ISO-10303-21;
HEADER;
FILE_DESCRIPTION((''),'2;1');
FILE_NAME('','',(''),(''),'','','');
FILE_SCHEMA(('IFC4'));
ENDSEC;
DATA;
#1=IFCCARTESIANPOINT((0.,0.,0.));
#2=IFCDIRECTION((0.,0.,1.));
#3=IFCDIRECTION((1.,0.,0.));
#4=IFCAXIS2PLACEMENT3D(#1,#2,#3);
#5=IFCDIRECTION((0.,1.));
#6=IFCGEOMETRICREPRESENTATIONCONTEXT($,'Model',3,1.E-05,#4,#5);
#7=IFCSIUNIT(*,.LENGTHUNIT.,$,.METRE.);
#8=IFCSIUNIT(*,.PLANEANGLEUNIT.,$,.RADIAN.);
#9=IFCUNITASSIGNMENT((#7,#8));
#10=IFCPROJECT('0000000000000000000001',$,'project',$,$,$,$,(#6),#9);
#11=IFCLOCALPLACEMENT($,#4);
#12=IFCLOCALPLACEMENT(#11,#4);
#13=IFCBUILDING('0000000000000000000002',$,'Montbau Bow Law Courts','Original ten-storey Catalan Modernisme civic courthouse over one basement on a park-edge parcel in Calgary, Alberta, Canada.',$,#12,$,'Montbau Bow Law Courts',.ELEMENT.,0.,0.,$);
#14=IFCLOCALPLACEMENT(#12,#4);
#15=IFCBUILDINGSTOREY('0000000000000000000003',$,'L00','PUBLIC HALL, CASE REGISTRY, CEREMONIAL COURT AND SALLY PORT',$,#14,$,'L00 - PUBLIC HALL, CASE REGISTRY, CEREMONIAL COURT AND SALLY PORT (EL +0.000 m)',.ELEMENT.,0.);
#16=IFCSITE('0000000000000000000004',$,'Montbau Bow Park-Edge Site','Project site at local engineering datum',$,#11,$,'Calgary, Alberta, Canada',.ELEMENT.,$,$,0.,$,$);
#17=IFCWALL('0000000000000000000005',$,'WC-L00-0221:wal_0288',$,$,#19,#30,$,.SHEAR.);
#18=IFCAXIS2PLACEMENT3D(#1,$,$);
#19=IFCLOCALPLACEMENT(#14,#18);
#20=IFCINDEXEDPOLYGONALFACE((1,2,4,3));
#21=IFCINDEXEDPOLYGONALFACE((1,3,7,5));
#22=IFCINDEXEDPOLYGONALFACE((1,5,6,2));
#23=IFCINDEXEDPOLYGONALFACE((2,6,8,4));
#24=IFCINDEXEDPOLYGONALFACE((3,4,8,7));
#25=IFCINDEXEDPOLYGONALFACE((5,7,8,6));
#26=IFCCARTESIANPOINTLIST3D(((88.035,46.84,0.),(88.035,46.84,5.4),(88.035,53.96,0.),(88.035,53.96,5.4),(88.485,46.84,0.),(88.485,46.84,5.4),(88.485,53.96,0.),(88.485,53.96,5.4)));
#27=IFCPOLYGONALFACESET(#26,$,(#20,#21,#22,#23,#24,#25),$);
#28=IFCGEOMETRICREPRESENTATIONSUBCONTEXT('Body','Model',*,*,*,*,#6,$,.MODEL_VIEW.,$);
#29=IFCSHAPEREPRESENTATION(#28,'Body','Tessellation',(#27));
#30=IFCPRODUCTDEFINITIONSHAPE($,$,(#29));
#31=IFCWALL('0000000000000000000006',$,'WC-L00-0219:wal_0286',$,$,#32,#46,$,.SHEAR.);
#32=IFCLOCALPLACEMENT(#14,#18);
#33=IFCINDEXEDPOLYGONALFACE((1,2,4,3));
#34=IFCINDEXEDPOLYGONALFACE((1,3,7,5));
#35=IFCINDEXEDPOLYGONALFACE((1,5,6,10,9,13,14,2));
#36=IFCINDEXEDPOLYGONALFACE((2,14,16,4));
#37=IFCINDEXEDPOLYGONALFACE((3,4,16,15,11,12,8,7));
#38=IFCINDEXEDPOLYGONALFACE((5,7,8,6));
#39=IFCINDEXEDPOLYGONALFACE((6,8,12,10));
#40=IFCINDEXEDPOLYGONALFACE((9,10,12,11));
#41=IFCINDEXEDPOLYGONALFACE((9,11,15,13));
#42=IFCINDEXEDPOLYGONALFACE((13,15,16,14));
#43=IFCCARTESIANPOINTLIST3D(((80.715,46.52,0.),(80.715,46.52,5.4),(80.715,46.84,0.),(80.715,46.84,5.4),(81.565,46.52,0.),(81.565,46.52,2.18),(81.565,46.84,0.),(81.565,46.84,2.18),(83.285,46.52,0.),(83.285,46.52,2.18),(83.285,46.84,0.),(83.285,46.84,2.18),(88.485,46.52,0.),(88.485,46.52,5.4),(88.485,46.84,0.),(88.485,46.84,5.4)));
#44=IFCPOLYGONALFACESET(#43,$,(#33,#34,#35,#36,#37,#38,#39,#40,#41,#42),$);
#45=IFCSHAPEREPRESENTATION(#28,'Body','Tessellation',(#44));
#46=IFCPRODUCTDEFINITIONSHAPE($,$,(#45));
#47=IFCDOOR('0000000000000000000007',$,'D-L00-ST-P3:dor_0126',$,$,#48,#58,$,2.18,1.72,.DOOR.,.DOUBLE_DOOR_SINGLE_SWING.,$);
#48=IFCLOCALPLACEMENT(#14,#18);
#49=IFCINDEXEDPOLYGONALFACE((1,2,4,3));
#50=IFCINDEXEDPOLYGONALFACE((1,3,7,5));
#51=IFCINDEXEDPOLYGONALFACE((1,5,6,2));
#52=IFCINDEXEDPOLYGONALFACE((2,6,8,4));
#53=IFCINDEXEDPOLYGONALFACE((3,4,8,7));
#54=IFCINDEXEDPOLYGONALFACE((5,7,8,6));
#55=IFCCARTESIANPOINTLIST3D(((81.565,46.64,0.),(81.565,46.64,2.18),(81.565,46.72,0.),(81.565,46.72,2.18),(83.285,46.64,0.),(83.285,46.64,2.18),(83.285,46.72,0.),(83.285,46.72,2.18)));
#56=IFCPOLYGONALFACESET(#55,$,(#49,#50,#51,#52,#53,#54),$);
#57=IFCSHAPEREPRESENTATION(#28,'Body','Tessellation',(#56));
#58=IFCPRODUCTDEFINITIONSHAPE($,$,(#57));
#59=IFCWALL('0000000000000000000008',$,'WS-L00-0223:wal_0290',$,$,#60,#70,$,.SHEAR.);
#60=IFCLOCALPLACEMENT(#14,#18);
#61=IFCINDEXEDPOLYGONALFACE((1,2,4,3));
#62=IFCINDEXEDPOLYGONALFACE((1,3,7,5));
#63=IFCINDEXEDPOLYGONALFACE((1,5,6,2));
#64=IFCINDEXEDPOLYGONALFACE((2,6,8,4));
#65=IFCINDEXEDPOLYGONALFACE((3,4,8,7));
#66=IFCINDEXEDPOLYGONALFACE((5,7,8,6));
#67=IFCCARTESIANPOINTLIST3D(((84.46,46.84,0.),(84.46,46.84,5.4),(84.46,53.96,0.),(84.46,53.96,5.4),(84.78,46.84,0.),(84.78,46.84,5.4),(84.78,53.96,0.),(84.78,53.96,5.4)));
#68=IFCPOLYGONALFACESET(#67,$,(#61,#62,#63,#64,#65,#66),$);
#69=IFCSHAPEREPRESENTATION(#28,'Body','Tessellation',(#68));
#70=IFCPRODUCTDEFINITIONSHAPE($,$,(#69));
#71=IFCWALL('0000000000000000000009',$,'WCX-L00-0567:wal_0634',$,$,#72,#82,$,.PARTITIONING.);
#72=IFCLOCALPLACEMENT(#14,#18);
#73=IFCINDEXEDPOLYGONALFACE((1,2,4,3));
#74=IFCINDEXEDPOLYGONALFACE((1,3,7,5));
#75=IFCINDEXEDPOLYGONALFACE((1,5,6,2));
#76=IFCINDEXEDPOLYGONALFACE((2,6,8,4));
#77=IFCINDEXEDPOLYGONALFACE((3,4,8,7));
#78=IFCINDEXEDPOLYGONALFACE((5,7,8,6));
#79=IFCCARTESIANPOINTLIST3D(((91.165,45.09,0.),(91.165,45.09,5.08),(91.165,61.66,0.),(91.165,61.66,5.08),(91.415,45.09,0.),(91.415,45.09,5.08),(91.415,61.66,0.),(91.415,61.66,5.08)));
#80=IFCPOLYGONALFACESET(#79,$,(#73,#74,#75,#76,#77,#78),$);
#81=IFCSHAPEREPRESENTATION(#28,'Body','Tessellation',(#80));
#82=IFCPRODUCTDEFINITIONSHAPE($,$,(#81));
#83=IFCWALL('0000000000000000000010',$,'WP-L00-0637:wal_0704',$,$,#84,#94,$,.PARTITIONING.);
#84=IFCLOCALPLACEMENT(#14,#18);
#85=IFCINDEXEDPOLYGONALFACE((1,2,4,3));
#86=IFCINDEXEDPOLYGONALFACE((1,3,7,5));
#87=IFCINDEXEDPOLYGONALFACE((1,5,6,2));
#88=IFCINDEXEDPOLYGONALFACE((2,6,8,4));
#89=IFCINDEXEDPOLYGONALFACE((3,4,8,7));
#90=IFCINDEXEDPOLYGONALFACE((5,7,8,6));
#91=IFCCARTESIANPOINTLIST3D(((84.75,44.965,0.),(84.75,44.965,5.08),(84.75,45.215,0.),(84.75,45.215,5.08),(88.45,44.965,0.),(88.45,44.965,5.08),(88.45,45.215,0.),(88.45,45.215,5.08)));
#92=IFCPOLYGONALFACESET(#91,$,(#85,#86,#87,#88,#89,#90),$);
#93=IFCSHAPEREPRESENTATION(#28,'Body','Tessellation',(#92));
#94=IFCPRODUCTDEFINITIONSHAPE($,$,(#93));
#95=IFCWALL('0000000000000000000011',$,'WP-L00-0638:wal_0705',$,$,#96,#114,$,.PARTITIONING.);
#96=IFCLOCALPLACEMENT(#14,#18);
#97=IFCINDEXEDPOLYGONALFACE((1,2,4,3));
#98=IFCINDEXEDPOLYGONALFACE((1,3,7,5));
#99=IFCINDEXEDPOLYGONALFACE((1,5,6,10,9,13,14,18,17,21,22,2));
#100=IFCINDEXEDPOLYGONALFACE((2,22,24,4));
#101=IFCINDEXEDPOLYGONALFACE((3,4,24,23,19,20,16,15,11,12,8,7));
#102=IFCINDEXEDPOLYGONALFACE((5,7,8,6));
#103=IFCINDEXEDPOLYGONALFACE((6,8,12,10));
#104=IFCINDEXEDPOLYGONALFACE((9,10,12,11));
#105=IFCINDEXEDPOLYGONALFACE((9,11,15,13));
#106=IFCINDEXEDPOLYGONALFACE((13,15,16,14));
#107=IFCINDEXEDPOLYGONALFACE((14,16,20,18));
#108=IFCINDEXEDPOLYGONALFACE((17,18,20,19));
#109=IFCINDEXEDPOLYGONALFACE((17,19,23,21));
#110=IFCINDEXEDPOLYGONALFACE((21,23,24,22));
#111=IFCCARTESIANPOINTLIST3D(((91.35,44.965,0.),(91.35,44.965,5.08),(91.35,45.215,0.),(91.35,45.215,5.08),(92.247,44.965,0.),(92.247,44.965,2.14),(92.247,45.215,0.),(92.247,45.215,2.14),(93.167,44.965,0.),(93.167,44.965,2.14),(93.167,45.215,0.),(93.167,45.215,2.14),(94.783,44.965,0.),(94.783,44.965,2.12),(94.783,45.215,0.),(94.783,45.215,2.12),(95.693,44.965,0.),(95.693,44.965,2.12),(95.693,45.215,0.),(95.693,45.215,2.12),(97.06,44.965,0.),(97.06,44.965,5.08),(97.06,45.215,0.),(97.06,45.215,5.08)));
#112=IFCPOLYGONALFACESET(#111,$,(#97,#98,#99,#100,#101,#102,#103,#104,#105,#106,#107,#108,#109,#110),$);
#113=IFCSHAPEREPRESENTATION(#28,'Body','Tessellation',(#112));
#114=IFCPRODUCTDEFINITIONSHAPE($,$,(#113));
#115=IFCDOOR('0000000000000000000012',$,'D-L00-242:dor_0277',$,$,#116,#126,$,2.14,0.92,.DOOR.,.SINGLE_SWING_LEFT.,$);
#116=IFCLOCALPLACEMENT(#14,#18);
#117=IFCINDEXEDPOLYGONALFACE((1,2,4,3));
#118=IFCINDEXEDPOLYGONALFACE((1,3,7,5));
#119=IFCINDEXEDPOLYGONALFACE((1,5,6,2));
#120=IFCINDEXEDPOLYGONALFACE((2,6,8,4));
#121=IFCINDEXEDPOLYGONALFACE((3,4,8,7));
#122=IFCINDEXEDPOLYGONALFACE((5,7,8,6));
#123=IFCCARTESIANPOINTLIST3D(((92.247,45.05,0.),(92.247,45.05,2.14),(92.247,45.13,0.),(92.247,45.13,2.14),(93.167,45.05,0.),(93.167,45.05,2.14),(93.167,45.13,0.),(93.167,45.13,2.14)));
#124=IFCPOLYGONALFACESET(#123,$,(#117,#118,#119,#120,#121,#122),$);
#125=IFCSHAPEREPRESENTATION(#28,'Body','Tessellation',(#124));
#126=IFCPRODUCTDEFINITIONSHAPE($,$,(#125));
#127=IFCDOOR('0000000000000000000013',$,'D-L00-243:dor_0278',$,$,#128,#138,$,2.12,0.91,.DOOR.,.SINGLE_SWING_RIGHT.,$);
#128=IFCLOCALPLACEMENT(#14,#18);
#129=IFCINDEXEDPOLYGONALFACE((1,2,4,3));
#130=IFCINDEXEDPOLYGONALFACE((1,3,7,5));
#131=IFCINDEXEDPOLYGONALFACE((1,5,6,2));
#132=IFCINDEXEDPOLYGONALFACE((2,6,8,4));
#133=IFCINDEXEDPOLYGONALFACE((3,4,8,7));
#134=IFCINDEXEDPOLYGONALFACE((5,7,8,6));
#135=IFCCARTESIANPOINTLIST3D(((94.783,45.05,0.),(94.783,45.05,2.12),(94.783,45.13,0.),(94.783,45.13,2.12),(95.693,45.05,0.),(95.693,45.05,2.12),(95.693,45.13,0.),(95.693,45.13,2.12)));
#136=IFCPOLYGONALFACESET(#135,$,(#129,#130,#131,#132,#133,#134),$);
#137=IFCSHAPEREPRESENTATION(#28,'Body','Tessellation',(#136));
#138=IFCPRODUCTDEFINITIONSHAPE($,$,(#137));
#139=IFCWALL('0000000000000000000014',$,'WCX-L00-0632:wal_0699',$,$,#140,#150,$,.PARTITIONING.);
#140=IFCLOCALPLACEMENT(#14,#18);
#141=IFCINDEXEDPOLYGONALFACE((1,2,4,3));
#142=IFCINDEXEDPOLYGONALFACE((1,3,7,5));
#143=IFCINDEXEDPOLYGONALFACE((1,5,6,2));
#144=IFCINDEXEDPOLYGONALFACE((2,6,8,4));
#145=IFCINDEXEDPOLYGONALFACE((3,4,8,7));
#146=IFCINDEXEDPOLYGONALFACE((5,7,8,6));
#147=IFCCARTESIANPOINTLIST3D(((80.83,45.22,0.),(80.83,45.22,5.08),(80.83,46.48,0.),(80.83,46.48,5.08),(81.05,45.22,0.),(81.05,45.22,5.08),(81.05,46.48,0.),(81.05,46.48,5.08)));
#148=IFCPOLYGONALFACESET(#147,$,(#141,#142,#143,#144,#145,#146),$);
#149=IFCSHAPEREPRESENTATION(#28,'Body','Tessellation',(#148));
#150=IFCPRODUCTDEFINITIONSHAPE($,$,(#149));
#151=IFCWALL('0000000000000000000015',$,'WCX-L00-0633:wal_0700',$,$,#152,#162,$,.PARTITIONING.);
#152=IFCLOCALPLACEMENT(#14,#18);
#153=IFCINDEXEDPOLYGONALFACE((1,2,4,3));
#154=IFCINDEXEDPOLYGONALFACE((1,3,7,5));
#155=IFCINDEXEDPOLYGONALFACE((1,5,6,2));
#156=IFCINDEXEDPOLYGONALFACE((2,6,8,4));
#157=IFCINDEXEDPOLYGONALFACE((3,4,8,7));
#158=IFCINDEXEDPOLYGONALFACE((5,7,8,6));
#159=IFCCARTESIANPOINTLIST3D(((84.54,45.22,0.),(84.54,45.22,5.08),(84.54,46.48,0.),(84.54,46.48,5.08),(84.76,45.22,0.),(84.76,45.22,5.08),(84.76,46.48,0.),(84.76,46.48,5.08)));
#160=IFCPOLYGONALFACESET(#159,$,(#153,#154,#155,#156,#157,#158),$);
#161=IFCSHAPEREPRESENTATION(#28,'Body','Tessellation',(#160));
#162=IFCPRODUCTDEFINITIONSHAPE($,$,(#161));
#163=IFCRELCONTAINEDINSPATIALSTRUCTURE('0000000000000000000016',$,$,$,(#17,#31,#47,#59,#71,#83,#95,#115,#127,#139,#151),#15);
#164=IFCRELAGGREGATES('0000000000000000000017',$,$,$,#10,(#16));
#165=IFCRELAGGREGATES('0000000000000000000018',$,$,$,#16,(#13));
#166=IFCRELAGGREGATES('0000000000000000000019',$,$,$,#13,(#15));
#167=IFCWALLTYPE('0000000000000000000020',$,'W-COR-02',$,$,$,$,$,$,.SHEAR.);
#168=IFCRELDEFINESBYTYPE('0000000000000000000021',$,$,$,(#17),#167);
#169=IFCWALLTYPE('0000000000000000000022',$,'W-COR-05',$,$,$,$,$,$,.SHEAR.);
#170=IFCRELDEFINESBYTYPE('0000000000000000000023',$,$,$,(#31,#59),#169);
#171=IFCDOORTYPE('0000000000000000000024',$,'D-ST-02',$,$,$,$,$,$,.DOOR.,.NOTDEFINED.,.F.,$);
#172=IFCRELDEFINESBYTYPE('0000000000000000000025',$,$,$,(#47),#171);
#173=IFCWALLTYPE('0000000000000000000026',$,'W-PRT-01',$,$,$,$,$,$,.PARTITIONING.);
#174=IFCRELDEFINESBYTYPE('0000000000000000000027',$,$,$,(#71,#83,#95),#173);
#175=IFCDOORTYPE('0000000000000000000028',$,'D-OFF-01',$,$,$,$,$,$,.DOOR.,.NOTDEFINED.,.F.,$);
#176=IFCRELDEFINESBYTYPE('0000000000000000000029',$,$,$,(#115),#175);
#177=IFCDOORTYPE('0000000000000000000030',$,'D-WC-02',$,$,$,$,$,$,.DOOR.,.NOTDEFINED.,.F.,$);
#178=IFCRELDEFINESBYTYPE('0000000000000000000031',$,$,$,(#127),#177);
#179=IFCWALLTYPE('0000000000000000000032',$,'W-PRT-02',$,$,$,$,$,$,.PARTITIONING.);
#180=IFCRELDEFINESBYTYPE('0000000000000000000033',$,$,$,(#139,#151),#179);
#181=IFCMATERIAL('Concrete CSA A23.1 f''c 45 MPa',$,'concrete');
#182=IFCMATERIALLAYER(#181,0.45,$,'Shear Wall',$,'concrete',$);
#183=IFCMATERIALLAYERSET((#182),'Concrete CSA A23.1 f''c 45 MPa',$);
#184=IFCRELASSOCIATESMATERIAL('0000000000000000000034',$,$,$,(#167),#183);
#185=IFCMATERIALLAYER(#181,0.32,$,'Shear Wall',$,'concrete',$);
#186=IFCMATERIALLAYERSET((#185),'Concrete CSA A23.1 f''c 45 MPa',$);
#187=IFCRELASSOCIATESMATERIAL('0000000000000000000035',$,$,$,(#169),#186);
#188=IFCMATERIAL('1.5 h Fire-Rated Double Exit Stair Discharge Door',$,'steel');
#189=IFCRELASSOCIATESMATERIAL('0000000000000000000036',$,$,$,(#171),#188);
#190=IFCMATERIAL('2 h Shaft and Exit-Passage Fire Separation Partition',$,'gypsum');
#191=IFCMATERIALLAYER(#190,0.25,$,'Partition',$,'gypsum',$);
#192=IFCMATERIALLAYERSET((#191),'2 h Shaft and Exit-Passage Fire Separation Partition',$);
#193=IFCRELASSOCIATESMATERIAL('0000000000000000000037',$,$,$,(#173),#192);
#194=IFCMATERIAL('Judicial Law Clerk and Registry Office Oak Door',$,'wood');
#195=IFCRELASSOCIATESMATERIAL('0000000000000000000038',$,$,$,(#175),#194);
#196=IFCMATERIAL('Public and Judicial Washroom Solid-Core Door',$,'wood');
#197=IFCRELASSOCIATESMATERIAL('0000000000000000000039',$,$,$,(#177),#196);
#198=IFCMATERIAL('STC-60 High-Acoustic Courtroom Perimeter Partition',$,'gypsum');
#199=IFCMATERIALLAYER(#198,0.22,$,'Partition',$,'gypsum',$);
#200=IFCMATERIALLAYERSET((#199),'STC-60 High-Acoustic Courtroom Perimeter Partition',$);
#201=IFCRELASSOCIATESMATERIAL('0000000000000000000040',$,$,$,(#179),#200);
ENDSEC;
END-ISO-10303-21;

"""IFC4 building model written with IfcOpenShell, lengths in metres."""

from ifc_helpers import new_model, si_unit, direction, frame, frame_2d, origin_with_axes, place, context, subcontext, project, spatial, rectangle, extrude, material, layer, layer_set, type_object, element, fill, save


model = new_model("IFC4")

# Units and contexts
model_context = context("Model", 3, precision=1e-05, world=origin_with_axes(), true_north=direction((0.0, 1.0)))
body_context = subcontext(model_context, "Body", "Model", "MODEL_VIEW")
ifc_project = project(units=[si_unit("LENGTHUNIT", "METRE"), si_unit("PLANEANGLEUNIT", "RADIAN")], contexts=[model_context])

# Site, building, storey
site_placement = place(None, origin_with_axes())
site = spatial("IfcSite", under=ifc_project, at=site_placement, Name="Montbau Bow Park-Edge Site", Description="Project site at local engineering datum", LongName="Calgary, Alberta, Canada", CompositionType="ELEMENT", RefElevation=0.0)
building_placement = place(site_placement, origin_with_axes())
building = spatial("IfcBuilding", under=site, at=building_placement, Name="Montbau Bow Law Courts", Description="Original ten-storey Catalan Modernisme civic courthouse over one basement on a park-edge parcel in Calgary, Alberta, Canada.", LongName="Montbau Bow Law Courts", CompositionType="ELEMENT", ElevationOfRefHeight=0.0, ElevationOfTerrain=0.0)
storey_placement = place(building_placement, origin_with_axes())
storey = spatial("IfcBuildingStorey", under=building, at=storey_placement, Name="L00", Description="PUBLIC HALL, CASE REGISTRY, CEREMONIAL COURT AND SALLY PORT", LongName="L00 - PUBLIC HALL, CASE REGISTRY, CEREMONIAL COURT AND SALLY PORT (EL +0.000 m)", CompositionType="ELEMENT", Elevation=0.0)

# Wall
ifc_material_1 = material(Name="Concrete CSA A23.1 f'c 45 MPa", Category="concrete")
ifc_layer_1 = layer(ifc_material_1, 0.45, Name="Shear Wall", Category="concrete")
ifc_layer_set_1 = layer_set([ifc_layer_1], Name="Concrete CSA A23.1 f'c 45 MPa")
wall_type_1 = type_object("IfcWallType", Name="W-COR-02", PredefinedType="SHEAR", material=ifc_layer_set_1)
wall_1_placement = place(None, frame((88.26, 46.84, 0.0), z_axis=(0.0, 0.0, 1.0), x_axis=(0.0, 1.0, 0.0)))
element("IfcWall", 1, at=wall_1_placement, inside=storey, type_object=wall_type_1, Name="WC-L00-0221:wal_0288", PredefinedType="SHEAR", context=body_context, shape_type="SweptSolid", body=[
    extrude(rectangle(XDim=7.12, YDim=0.45, at=frame_2d((3.56, 0.0), x_axis=(1.0, 0.0))), origin_with_axes(), (0.0, 0.0, 1.0), 5.4),
])

# Wall, opening, door
ifc_layer_2 = layer(ifc_material_1, 0.32, Name="Shear Wall", Category="concrete")
ifc_layer_set_2 = layer_set([ifc_layer_2], Name="Concrete CSA A23.1 f'c 45 MPa")
wall_type_2 = type_object("IfcWallType", Name="W-COR-05", PredefinedType="SHEAR", material=ifc_layer_set_2)
wall_2_placement = place(None, frame((80.715, 46.68, 0.0), z_axis=(0.0, 0.0, 1.0), x_axis=(1.0, 0.0, 0.0)))
wall_2 = element("IfcWall", 2, at=wall_2_placement, inside=storey, type_object=wall_type_2, Name="WC-L00-0219:wal_0286", PredefinedType="SHEAR", context=body_context, shape_type="SweptSolid", body=[
    extrude(rectangle(XDim=7.77, YDim=0.32, at=frame_2d((3.885, 0.0), x_axis=(1.0, 0.0))), origin_with_axes(), (0.0, 0.0, 1.0), 5.4),
])
opening_1_placement = place(None, frame((82.425, 46.68, 0.0), z_axis=(0.0, 0.0, 1.0), x_axis=(1.0, 0.0, 0.0)))
opening_1 = element("IfcOpeningElement", 3, at=opening_1_placement, cuts=wall_2, PredefinedType="OPENING", context=body_context, shape_type="SweptSolid", body=[
    extrude(rectangle(XDim=1.72, YDim=2.18, at=frame_2d((0.0, 1.09), x_axis=(1.0, 0.0))), frame((0.0, 0.17, 0.0), z_axis=(0.0, -1.0, 0.0), x_axis=(1.0, 0.0, 0.0)), (0.0, 0.0, 1.0), 0.34),
])
ifc_material_2 = material(Name="1.5 h Fire-Rated Double Exit Stair Discharge Door", Category="steel")
door_type_1 = type_object("IfcDoorType", Name="D-ST-02", OperationType="NOTDEFINED", ParameterTakesPrecedence=False, PredefinedType="DOOR", material=ifc_material_2)
door_1_placement = place(None, frame((82.425, 46.68, 0.0), z_axis=(0.0, 0.0, 1.0), x_axis=(-1.0, 0.0, 0.0)))
door_1 = element("IfcDoor", 4, at=door_1_placement, inside=storey, type_object=door_type_1, Name="D-L00-ST-P3:dor_0126", OperationType="DOUBLE_DOOR_SINGLE_SWING", OverallHeight=2.18, OverallWidth=1.72, PredefinedType="DOOR", context=body_context, shape_type="SweptSolid", body=[
    extrude(rectangle(XDim=1.72, YDim=2.18, at=frame_2d((0.0, 1.09), x_axis=(1.0, 0.0))), frame((0.0, 0.04, 0.0), z_axis=(0.0, -1.0, 0.0), x_axis=(1.0, 0.0, 0.0)), (0.0, 0.0, 1.0), 0.08),
])
fill(opening_1, door_1)

# Walls
wall_3_placement = place(None, frame((84.62, 46.84, 0.0), z_axis=(0.0, 0.0, 1.0), x_axis=(0.0, 1.0, 0.0)))
element("IfcWall", 5, at=wall_3_placement, inside=storey, type_object=wall_type_2, Name="WS-L00-0223:wal_0290", PredefinedType="SHEAR", context=body_context, shape_type="SweptSolid", body=[
    extrude(rectangle(XDim=7.12, YDim=0.32, at=frame_2d((3.56, 0.0), x_axis=(1.0, 0.0))), origin_with_axes(), (0.0, 0.0, 1.0), 5.4),
])
ifc_material_3 = material(Name="2 h Shaft and Exit-Passage Fire Separation Partition", Category="gypsum")
ifc_layer_3 = layer(ifc_material_3, 0.25, Name="Partition", Category="gypsum")
ifc_layer_set_3 = layer_set([ifc_layer_3], Name="2 h Shaft and Exit-Passage Fire Separation Partition")
wall_type_3 = type_object("IfcWallType", Name="W-PRT-01", PredefinedType="PARTITIONING", material=ifc_layer_set_3)
wall_4_placement = place(None, frame((91.29, 45.09, 0.0), z_axis=(0.0, 0.0, 1.0), x_axis=(0.0, 1.0, 0.0)))
element("IfcWall", 6, at=wall_4_placement, inside=storey, type_object=wall_type_3, Name="WCX-L00-0567:wal_0634", PredefinedType="PARTITIONING", context=body_context, shape_type="SweptSolid", body=[
    extrude(rectangle(XDim=16.57, YDim=0.25, at=frame_2d((8.285, 0.0), x_axis=(1.0, 0.0))), origin_with_axes(), (0.0, 0.0, 1.0), 5.08),
])
wall_5_placement = place(None, frame((84.75, 45.09, 0.0), z_axis=(0.0, 0.0, 1.0), x_axis=(1.0, 0.0, 0.0)))
element("IfcWall", 7, at=wall_5_placement, inside=storey, type_object=wall_type_3, Name="WP-L00-0637:wal_0704", PredefinedType="PARTITIONING", context=body_context, shape_type="SweptSolid", body=[
    extrude(rectangle(XDim=3.7, YDim=0.25, at=frame_2d((1.85, 0.0), x_axis=(1.0, 0.0))), origin_with_axes(), (0.0, 0.0, 1.0), 5.08),
])

# Wall, openings, doors
wall_6_placement = place(None, frame((91.35, 45.09, 0.0), z_axis=(0.0, 0.0, 1.0), x_axis=(1.0, 0.0, 0.0)))
wall_6 = element("IfcWall", 8, at=wall_6_placement, inside=storey, type_object=wall_type_3, Name="WP-L00-0638:wal_0705", PredefinedType="PARTITIONING", context=body_context, shape_type="SweptSolid", body=[
    extrude(rectangle(XDim=5.71, YDim=0.25, at=frame_2d((2.855, 0.0), x_axis=(1.0, 0.0))), origin_with_axes(), (0.0, 0.0, 1.0), 5.08),
])
opening_2_placement = place(None, frame((92.707, 45.09, 0.0), z_axis=(0.0, 0.0, 1.0), x_axis=(1.0, 0.0, 0.0)))
opening_2 = element("IfcOpeningElement", 9, at=opening_2_placement, cuts=wall_6, PredefinedType="OPENING", context=body_context, shape_type="SweptSolid", body=[
    extrude(rectangle(XDim=0.92, YDim=2.14, at=frame_2d((0.0, 1.07), x_axis=(1.0, 0.0))), frame((0.0, 0.135, 0.0), z_axis=(0.0, -1.0, 0.0), x_axis=(1.0, 0.0, 0.0)), (0.0, 0.0, 1.0), 0.27),
])
opening_3_placement = place(None, frame((95.238, 45.09, 0.0), z_axis=(0.0, 0.0, 1.0), x_axis=(1.0, 0.0, 0.0)))
opening_3 = element("IfcOpeningElement", 10, at=opening_3_placement, cuts=wall_6, PredefinedType="OPENING", context=body_context, shape_type="SweptSolid", body=[
    extrude(rectangle(XDim=0.91, YDim=2.12, at=frame_2d((0.0, 1.06), x_axis=(1.0, 0.0))), frame((0.0, 0.135, 0.0), z_axis=(0.0, -1.0, 0.0), x_axis=(1.0, 0.0, 0.0)), (0.0, 0.0, 1.0), 0.27),
])
ifc_material_4 = material(Name="Judicial Law Clerk and Registry Office Oak Door", Category="wood")
door_type_2 = type_object("IfcDoorType", Name="D-OFF-01", OperationType="NOTDEFINED", ParameterTakesPrecedence=False, PredefinedType="DOOR", material=ifc_material_4)
door_2_placement = place(None, frame((92.707, 45.09, 0.0), z_axis=(0.0, 0.0, 1.0), x_axis=(-1.0, 0.0, 0.0)))
door_2 = element("IfcDoor", 11, at=door_2_placement, inside=storey, type_object=door_type_2, Name="D-L00-242:dor_0277", OperationType="SINGLE_SWING_LEFT", OverallHeight=2.14, OverallWidth=0.92, PredefinedType="DOOR", context=body_context, shape_type="SweptSolid", body=[
    extrude(rectangle(XDim=0.92, YDim=2.14, at=frame_2d((0.0, 1.07), x_axis=(1.0, 0.0))), frame((0.0, 0.04, 0.0), z_axis=(0.0, -1.0, 0.0), x_axis=(1.0, 0.0, 0.0)), (0.0, 0.0, 1.0), 0.08),
])
fill(opening_2, door_2)
ifc_material_5 = material(Name="Public and Judicial Washroom Solid-Core Door", Category="wood")
door_type_3 = type_object("IfcDoorType", Name="D-WC-02", OperationType="NOTDEFINED", ParameterTakesPrecedence=False, PredefinedType="DOOR", material=ifc_material_5)
door_3_placement = place(None, frame((95.238, 45.09, 0.0), z_axis=(0.0, 0.0, 1.0), x_axis=(-1.0, 0.0, 0.0)))
door_3 = element("IfcDoor", 12, at=door_3_placement, inside=storey, type_object=door_type_3, Name="D-L00-243:dor_0278", OperationType="SINGLE_SWING_RIGHT", OverallHeight=2.12, OverallWidth=0.91, PredefinedType="DOOR", context=body_context, shape_type="SweptSolid", body=[
    extrude(rectangle(XDim=0.91, YDim=2.12, at=frame_2d((0.0, 1.06), x_axis=(1.0, 0.0))), frame((0.0, 0.04, 0.0), z_axis=(0.0, -1.0, 0.0), x_axis=(1.0, 0.0, 0.0)), (0.0, 0.0, 1.0), 0.08),
])
fill(opening_3, door_3)

# Walls
ifc_material_6 = material(Name="STC-60 High-Acoustic Courtroom Perimeter Partition", Category="gypsum")
ifc_layer_4 = layer(ifc_material_6, 0.22, Name="Partition", Category="gypsum")
ifc_layer_set_4 = layer_set([ifc_layer_4], Name="STC-60 High-Acoustic Courtroom Perimeter Partition")
wall_type_4 = type_object("IfcWallType", Name="W-PRT-02", PredefinedType="PARTITIONING", material=ifc_layer_set_4)
for number, where, z_axis, x_axis, name in (
    (13, (80.94, 45.22, 0.0), (0.0, 0.0, 1.0), (0.0, 1.0, 0.0), "WCX-L00-0632:wal_0699"),
    (14, (84.65, 45.22, 0.0), (0.0, 0.0, 1.0), (0.0, 1.0, 0.0), "WCX-L00-0633:wal_0700"),
):
    element("IfcWall", number, at=place(None, frame(where, z_axis=z_axis, x_axis=x_axis)), inside=storey, type_object=wall_type_4, Name=name, PredefinedType="PARTITIONING", context=body_context, shape_type="SweptSolid", body=[
        extrude(rectangle(XDim=1.26, YDim=0.22, at=frame_2d((0.63, 0.0), x_axis=(1.0, 0.0))), origin_with_axes(), (0.0, 0.0, 1.0), 5.08),
    ])

save(model, "model.ifc")
